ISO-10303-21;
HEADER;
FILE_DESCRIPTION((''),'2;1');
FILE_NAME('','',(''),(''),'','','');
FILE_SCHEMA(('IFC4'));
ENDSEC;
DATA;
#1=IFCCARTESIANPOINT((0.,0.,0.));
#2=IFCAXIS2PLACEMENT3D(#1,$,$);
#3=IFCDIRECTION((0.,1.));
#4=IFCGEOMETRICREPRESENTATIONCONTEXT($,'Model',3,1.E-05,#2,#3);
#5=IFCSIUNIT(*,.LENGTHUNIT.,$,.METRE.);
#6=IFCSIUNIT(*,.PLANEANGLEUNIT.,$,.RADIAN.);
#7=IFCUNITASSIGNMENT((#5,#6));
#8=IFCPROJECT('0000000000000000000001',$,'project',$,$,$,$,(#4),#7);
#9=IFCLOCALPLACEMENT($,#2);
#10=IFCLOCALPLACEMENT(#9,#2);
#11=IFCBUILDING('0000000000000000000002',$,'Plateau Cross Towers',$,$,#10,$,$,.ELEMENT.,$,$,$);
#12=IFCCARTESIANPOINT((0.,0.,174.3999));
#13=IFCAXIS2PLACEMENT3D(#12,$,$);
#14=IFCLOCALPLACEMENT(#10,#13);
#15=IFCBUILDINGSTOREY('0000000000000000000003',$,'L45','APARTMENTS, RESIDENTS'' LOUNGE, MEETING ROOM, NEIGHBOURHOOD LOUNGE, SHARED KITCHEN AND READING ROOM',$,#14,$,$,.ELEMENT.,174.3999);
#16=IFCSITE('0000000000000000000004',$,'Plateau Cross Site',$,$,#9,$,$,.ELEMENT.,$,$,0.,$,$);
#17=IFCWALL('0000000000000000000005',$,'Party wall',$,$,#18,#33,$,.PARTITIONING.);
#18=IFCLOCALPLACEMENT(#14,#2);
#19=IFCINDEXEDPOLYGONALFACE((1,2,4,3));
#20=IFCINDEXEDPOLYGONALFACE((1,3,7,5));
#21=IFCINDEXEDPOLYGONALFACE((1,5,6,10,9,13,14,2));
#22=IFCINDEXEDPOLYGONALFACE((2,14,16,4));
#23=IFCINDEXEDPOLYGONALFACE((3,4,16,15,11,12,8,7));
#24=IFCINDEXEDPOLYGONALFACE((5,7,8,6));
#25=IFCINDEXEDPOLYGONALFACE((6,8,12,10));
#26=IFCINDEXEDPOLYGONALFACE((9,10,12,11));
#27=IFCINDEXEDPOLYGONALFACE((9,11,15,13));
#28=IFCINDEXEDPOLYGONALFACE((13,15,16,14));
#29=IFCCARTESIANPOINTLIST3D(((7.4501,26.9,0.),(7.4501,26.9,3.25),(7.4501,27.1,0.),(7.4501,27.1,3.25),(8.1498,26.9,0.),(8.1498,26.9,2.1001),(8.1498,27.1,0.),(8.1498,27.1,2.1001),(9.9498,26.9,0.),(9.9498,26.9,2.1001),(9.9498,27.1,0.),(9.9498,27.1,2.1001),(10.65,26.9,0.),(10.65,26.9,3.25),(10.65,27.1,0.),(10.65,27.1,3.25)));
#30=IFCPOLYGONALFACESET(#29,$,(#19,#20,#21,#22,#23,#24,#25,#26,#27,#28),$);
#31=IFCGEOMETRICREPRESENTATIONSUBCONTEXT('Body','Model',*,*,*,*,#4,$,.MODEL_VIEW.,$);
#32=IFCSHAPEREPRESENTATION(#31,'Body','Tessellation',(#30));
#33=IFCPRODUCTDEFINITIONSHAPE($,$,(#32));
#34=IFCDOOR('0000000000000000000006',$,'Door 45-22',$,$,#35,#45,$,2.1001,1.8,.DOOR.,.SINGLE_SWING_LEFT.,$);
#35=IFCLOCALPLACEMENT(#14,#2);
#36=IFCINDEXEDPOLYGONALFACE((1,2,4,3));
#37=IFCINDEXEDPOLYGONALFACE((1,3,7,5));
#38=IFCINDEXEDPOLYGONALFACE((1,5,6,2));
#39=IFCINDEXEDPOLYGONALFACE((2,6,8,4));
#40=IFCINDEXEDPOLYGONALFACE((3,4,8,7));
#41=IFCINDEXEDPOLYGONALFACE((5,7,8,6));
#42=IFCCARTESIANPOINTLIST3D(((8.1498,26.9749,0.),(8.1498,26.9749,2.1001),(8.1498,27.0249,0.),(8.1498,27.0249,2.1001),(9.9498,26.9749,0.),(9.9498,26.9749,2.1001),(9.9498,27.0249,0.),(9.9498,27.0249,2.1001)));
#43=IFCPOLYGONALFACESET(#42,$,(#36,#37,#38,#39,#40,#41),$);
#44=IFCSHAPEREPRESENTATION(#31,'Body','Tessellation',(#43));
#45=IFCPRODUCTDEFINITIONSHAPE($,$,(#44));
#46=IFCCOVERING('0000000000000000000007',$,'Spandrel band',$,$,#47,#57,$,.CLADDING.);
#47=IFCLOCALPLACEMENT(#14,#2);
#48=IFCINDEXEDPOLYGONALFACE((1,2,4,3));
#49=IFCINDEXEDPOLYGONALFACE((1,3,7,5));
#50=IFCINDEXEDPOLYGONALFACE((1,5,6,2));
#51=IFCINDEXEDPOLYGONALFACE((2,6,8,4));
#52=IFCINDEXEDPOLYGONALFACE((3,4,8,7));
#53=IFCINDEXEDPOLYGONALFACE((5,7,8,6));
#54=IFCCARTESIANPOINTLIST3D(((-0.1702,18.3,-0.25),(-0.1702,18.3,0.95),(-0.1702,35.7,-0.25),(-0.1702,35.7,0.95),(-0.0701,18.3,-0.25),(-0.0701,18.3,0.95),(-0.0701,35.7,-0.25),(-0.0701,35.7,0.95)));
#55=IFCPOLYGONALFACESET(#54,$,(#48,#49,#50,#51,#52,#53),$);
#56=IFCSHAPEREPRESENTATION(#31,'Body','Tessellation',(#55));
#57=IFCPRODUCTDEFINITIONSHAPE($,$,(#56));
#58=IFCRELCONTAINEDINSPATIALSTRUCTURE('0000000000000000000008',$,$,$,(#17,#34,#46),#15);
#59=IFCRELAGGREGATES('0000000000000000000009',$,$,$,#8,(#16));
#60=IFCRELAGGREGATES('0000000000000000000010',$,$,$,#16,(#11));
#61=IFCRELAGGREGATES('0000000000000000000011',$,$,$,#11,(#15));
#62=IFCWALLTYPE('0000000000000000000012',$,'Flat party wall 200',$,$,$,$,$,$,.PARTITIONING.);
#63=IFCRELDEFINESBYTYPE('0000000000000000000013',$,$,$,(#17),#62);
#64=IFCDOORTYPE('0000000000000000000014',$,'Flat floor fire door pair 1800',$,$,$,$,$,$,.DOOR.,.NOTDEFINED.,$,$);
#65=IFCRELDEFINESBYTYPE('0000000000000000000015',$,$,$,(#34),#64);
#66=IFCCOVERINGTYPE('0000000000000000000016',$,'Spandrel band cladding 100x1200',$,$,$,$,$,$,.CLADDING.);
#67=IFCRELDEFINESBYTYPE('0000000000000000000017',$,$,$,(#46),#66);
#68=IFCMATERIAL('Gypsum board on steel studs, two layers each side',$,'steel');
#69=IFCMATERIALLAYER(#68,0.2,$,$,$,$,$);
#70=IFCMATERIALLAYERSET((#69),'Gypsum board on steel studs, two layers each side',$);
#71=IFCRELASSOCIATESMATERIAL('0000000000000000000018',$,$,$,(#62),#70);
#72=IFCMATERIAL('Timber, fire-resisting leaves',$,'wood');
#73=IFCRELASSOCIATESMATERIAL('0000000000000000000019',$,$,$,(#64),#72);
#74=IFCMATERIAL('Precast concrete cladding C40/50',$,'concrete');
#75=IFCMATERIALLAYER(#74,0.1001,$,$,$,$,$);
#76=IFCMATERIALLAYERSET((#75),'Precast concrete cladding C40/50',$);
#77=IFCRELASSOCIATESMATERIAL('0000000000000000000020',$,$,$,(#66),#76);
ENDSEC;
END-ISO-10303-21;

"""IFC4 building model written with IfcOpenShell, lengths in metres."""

from ifc_helpers import new_model, si_unit, direction, frame, frame_2d, origin, origin_2d, place, context, subcontext, project, spatial, rectangle, extrude, material, layer, layer_set, type_object, element, fill, save


model = new_model("IFC4")

# Units and contexts
model_context = context("Model", 3, precision=1e-05, world=origin(), true_north=direction((0.0, 1.0)))
body_context = subcontext(model_context, "Body", "Model", "MODEL_VIEW")
ifc_project = project(units=[si_unit("LENGTHUNIT", "METRE"), si_unit("PLANEANGLEUNIT", "RADIAN")], contexts=[model_context])

# Site, building, storey
site_placement = place(None, origin())
site = spatial("IfcSite", under=ifc_project, at=site_placement, Name="Plateau Cross Site", CompositionType="ELEMENT", RefElevation=0.0)
building_placement = place(site_placement, origin())
building = spatial("IfcBuilding", under=site, at=building_placement, Name="Plateau Cross Towers", CompositionType="ELEMENT")
storey_placement = place(building_placement, frame((0.0, 0.0, 174.3999)))
storey = spatial("IfcBuildingStorey", under=building, at=storey_placement, Name="L45", Description="APARTMENTS, RESIDENTS' LOUNGE, MEETING ROOM, NEIGHBOURHOOD LOUNGE, SHARED KITCHEN AND READING ROOM", CompositionType="ELEMENT", Elevation=174.3999)

# Shared definitions
ifc_material_1 = material(Name="Gypsum board on steel studs, two layers each side", Category="steel")
ifc_layer_1 = layer(ifc_material_1, 0.2)
ifc_layer_set_1 = layer_set([ifc_layer_1], Name="Gypsum board on steel studs, two layers each side")
wall_type_1 = type_object("IfcWallType", Name="Flat party wall 200", PredefinedType="PARTITIONING", material=ifc_layer_set_1)

# Wall, opening, door
wall_1_placement = place(storey_placement, frame((7.45, 27.0, 0.0), z_axis=(0.0, 0.0, 1.0), x_axis=(1.0, 0.0, 0.0)))
wall_1 = element("IfcWall", 1, at=wall_1_placement, inside=storey, type_object=wall_type_1, Name="Party wall", PredefinedType="PARTITIONING", context=body_context, shape_type="SweptSolid", body=[
    extrude(rectangle(XDim=3.2, YDim=0.2, at=frame_2d((1.6001, 0.0))), origin(), (0.0, 0.0, 1.0), 3.25),
])
opening_1_placement = place(wall_1_placement, frame((0.7, 0.0, 0.0)))
opening_1 = element("IfcOpeningElement", 2, at=opening_1_placement, cuts=wall_1, PredefinedType="OPENING", context=body_context, shape_type="SweptSolid", body=[
    extrude(rectangle(XDim=1.8, YDim=2.1001, at=frame_2d((0.8999, 1.05))), frame((0.0, 0.1099, 0.0), z_axis=(0.0, -1.0, 0.0), x_axis=(1.0, 0.0, 0.0)), (0.0, 0.0, 1.0), 0.22),
])
ifc_material_2 = material(Name="Timber, fire-resisting leaves", Category="wood")
door_type_1 = type_object("IfcDoorType", Name="Flat floor fire door pair 1800", OperationType="NOTDEFINED", PredefinedType="DOOR", material=ifc_material_2)
door_1_placement = place(opening_1_placement, origin())
door_1 = element("IfcDoor", 3, at=door_1_placement, inside=storey, type_object=door_type_1, Name="Door 45-22", OperationType="SINGLE_SWING_LEFT", OverallHeight=2.1001, OverallWidth=1.8, PredefinedType="DOOR", context=body_context, shape_type="SweptSolid", body=[
    extrude(rectangle(XDim=1.8, YDim=2.1001, at=frame_2d((0.8999, 1.05))), frame((0.0, 0.0249, 0.0), z_axis=(0.0, -1.0, 0.0), x_axis=(1.0, 0.0, 0.0)), (0.0, 0.0, 1.0), 0.05),
])
fill(opening_1, door_1)

# Covering
ifc_material_3 = material(Name="Precast concrete cladding C40/50", Category="concrete")
ifc_layer_2 = layer(ifc_material_3, 0.1001)
ifc_layer_set_2 = layer_set([ifc_layer_2], Name="Precast concrete cladding C40/50")
covering_type = type_object("IfcCoveringType", Name="Spandrel band cladding 100x1200", PredefinedType="CLADDING", material=ifc_layer_set_2)
covering_placement = place(storey_placement, frame((-0.1201, 27.0, -0.25), z_axis=(0.0, 0.0, 1.0), x_axis=(0.0, -1.0, 0.0)))
element("IfcCovering", 4, at=covering_placement, inside=storey, type_object=covering_type, Name="Spandrel band", PredefinedType="CLADDING", context=body_context, shape_type="SweptSolid", body=[
    extrude(rectangle(XDim=17.3999, YDim=0.1001, at=origin_2d()), origin(), (0.0, 0.0, 1.0), 1.2),
])

save(model, "model.ifc")
